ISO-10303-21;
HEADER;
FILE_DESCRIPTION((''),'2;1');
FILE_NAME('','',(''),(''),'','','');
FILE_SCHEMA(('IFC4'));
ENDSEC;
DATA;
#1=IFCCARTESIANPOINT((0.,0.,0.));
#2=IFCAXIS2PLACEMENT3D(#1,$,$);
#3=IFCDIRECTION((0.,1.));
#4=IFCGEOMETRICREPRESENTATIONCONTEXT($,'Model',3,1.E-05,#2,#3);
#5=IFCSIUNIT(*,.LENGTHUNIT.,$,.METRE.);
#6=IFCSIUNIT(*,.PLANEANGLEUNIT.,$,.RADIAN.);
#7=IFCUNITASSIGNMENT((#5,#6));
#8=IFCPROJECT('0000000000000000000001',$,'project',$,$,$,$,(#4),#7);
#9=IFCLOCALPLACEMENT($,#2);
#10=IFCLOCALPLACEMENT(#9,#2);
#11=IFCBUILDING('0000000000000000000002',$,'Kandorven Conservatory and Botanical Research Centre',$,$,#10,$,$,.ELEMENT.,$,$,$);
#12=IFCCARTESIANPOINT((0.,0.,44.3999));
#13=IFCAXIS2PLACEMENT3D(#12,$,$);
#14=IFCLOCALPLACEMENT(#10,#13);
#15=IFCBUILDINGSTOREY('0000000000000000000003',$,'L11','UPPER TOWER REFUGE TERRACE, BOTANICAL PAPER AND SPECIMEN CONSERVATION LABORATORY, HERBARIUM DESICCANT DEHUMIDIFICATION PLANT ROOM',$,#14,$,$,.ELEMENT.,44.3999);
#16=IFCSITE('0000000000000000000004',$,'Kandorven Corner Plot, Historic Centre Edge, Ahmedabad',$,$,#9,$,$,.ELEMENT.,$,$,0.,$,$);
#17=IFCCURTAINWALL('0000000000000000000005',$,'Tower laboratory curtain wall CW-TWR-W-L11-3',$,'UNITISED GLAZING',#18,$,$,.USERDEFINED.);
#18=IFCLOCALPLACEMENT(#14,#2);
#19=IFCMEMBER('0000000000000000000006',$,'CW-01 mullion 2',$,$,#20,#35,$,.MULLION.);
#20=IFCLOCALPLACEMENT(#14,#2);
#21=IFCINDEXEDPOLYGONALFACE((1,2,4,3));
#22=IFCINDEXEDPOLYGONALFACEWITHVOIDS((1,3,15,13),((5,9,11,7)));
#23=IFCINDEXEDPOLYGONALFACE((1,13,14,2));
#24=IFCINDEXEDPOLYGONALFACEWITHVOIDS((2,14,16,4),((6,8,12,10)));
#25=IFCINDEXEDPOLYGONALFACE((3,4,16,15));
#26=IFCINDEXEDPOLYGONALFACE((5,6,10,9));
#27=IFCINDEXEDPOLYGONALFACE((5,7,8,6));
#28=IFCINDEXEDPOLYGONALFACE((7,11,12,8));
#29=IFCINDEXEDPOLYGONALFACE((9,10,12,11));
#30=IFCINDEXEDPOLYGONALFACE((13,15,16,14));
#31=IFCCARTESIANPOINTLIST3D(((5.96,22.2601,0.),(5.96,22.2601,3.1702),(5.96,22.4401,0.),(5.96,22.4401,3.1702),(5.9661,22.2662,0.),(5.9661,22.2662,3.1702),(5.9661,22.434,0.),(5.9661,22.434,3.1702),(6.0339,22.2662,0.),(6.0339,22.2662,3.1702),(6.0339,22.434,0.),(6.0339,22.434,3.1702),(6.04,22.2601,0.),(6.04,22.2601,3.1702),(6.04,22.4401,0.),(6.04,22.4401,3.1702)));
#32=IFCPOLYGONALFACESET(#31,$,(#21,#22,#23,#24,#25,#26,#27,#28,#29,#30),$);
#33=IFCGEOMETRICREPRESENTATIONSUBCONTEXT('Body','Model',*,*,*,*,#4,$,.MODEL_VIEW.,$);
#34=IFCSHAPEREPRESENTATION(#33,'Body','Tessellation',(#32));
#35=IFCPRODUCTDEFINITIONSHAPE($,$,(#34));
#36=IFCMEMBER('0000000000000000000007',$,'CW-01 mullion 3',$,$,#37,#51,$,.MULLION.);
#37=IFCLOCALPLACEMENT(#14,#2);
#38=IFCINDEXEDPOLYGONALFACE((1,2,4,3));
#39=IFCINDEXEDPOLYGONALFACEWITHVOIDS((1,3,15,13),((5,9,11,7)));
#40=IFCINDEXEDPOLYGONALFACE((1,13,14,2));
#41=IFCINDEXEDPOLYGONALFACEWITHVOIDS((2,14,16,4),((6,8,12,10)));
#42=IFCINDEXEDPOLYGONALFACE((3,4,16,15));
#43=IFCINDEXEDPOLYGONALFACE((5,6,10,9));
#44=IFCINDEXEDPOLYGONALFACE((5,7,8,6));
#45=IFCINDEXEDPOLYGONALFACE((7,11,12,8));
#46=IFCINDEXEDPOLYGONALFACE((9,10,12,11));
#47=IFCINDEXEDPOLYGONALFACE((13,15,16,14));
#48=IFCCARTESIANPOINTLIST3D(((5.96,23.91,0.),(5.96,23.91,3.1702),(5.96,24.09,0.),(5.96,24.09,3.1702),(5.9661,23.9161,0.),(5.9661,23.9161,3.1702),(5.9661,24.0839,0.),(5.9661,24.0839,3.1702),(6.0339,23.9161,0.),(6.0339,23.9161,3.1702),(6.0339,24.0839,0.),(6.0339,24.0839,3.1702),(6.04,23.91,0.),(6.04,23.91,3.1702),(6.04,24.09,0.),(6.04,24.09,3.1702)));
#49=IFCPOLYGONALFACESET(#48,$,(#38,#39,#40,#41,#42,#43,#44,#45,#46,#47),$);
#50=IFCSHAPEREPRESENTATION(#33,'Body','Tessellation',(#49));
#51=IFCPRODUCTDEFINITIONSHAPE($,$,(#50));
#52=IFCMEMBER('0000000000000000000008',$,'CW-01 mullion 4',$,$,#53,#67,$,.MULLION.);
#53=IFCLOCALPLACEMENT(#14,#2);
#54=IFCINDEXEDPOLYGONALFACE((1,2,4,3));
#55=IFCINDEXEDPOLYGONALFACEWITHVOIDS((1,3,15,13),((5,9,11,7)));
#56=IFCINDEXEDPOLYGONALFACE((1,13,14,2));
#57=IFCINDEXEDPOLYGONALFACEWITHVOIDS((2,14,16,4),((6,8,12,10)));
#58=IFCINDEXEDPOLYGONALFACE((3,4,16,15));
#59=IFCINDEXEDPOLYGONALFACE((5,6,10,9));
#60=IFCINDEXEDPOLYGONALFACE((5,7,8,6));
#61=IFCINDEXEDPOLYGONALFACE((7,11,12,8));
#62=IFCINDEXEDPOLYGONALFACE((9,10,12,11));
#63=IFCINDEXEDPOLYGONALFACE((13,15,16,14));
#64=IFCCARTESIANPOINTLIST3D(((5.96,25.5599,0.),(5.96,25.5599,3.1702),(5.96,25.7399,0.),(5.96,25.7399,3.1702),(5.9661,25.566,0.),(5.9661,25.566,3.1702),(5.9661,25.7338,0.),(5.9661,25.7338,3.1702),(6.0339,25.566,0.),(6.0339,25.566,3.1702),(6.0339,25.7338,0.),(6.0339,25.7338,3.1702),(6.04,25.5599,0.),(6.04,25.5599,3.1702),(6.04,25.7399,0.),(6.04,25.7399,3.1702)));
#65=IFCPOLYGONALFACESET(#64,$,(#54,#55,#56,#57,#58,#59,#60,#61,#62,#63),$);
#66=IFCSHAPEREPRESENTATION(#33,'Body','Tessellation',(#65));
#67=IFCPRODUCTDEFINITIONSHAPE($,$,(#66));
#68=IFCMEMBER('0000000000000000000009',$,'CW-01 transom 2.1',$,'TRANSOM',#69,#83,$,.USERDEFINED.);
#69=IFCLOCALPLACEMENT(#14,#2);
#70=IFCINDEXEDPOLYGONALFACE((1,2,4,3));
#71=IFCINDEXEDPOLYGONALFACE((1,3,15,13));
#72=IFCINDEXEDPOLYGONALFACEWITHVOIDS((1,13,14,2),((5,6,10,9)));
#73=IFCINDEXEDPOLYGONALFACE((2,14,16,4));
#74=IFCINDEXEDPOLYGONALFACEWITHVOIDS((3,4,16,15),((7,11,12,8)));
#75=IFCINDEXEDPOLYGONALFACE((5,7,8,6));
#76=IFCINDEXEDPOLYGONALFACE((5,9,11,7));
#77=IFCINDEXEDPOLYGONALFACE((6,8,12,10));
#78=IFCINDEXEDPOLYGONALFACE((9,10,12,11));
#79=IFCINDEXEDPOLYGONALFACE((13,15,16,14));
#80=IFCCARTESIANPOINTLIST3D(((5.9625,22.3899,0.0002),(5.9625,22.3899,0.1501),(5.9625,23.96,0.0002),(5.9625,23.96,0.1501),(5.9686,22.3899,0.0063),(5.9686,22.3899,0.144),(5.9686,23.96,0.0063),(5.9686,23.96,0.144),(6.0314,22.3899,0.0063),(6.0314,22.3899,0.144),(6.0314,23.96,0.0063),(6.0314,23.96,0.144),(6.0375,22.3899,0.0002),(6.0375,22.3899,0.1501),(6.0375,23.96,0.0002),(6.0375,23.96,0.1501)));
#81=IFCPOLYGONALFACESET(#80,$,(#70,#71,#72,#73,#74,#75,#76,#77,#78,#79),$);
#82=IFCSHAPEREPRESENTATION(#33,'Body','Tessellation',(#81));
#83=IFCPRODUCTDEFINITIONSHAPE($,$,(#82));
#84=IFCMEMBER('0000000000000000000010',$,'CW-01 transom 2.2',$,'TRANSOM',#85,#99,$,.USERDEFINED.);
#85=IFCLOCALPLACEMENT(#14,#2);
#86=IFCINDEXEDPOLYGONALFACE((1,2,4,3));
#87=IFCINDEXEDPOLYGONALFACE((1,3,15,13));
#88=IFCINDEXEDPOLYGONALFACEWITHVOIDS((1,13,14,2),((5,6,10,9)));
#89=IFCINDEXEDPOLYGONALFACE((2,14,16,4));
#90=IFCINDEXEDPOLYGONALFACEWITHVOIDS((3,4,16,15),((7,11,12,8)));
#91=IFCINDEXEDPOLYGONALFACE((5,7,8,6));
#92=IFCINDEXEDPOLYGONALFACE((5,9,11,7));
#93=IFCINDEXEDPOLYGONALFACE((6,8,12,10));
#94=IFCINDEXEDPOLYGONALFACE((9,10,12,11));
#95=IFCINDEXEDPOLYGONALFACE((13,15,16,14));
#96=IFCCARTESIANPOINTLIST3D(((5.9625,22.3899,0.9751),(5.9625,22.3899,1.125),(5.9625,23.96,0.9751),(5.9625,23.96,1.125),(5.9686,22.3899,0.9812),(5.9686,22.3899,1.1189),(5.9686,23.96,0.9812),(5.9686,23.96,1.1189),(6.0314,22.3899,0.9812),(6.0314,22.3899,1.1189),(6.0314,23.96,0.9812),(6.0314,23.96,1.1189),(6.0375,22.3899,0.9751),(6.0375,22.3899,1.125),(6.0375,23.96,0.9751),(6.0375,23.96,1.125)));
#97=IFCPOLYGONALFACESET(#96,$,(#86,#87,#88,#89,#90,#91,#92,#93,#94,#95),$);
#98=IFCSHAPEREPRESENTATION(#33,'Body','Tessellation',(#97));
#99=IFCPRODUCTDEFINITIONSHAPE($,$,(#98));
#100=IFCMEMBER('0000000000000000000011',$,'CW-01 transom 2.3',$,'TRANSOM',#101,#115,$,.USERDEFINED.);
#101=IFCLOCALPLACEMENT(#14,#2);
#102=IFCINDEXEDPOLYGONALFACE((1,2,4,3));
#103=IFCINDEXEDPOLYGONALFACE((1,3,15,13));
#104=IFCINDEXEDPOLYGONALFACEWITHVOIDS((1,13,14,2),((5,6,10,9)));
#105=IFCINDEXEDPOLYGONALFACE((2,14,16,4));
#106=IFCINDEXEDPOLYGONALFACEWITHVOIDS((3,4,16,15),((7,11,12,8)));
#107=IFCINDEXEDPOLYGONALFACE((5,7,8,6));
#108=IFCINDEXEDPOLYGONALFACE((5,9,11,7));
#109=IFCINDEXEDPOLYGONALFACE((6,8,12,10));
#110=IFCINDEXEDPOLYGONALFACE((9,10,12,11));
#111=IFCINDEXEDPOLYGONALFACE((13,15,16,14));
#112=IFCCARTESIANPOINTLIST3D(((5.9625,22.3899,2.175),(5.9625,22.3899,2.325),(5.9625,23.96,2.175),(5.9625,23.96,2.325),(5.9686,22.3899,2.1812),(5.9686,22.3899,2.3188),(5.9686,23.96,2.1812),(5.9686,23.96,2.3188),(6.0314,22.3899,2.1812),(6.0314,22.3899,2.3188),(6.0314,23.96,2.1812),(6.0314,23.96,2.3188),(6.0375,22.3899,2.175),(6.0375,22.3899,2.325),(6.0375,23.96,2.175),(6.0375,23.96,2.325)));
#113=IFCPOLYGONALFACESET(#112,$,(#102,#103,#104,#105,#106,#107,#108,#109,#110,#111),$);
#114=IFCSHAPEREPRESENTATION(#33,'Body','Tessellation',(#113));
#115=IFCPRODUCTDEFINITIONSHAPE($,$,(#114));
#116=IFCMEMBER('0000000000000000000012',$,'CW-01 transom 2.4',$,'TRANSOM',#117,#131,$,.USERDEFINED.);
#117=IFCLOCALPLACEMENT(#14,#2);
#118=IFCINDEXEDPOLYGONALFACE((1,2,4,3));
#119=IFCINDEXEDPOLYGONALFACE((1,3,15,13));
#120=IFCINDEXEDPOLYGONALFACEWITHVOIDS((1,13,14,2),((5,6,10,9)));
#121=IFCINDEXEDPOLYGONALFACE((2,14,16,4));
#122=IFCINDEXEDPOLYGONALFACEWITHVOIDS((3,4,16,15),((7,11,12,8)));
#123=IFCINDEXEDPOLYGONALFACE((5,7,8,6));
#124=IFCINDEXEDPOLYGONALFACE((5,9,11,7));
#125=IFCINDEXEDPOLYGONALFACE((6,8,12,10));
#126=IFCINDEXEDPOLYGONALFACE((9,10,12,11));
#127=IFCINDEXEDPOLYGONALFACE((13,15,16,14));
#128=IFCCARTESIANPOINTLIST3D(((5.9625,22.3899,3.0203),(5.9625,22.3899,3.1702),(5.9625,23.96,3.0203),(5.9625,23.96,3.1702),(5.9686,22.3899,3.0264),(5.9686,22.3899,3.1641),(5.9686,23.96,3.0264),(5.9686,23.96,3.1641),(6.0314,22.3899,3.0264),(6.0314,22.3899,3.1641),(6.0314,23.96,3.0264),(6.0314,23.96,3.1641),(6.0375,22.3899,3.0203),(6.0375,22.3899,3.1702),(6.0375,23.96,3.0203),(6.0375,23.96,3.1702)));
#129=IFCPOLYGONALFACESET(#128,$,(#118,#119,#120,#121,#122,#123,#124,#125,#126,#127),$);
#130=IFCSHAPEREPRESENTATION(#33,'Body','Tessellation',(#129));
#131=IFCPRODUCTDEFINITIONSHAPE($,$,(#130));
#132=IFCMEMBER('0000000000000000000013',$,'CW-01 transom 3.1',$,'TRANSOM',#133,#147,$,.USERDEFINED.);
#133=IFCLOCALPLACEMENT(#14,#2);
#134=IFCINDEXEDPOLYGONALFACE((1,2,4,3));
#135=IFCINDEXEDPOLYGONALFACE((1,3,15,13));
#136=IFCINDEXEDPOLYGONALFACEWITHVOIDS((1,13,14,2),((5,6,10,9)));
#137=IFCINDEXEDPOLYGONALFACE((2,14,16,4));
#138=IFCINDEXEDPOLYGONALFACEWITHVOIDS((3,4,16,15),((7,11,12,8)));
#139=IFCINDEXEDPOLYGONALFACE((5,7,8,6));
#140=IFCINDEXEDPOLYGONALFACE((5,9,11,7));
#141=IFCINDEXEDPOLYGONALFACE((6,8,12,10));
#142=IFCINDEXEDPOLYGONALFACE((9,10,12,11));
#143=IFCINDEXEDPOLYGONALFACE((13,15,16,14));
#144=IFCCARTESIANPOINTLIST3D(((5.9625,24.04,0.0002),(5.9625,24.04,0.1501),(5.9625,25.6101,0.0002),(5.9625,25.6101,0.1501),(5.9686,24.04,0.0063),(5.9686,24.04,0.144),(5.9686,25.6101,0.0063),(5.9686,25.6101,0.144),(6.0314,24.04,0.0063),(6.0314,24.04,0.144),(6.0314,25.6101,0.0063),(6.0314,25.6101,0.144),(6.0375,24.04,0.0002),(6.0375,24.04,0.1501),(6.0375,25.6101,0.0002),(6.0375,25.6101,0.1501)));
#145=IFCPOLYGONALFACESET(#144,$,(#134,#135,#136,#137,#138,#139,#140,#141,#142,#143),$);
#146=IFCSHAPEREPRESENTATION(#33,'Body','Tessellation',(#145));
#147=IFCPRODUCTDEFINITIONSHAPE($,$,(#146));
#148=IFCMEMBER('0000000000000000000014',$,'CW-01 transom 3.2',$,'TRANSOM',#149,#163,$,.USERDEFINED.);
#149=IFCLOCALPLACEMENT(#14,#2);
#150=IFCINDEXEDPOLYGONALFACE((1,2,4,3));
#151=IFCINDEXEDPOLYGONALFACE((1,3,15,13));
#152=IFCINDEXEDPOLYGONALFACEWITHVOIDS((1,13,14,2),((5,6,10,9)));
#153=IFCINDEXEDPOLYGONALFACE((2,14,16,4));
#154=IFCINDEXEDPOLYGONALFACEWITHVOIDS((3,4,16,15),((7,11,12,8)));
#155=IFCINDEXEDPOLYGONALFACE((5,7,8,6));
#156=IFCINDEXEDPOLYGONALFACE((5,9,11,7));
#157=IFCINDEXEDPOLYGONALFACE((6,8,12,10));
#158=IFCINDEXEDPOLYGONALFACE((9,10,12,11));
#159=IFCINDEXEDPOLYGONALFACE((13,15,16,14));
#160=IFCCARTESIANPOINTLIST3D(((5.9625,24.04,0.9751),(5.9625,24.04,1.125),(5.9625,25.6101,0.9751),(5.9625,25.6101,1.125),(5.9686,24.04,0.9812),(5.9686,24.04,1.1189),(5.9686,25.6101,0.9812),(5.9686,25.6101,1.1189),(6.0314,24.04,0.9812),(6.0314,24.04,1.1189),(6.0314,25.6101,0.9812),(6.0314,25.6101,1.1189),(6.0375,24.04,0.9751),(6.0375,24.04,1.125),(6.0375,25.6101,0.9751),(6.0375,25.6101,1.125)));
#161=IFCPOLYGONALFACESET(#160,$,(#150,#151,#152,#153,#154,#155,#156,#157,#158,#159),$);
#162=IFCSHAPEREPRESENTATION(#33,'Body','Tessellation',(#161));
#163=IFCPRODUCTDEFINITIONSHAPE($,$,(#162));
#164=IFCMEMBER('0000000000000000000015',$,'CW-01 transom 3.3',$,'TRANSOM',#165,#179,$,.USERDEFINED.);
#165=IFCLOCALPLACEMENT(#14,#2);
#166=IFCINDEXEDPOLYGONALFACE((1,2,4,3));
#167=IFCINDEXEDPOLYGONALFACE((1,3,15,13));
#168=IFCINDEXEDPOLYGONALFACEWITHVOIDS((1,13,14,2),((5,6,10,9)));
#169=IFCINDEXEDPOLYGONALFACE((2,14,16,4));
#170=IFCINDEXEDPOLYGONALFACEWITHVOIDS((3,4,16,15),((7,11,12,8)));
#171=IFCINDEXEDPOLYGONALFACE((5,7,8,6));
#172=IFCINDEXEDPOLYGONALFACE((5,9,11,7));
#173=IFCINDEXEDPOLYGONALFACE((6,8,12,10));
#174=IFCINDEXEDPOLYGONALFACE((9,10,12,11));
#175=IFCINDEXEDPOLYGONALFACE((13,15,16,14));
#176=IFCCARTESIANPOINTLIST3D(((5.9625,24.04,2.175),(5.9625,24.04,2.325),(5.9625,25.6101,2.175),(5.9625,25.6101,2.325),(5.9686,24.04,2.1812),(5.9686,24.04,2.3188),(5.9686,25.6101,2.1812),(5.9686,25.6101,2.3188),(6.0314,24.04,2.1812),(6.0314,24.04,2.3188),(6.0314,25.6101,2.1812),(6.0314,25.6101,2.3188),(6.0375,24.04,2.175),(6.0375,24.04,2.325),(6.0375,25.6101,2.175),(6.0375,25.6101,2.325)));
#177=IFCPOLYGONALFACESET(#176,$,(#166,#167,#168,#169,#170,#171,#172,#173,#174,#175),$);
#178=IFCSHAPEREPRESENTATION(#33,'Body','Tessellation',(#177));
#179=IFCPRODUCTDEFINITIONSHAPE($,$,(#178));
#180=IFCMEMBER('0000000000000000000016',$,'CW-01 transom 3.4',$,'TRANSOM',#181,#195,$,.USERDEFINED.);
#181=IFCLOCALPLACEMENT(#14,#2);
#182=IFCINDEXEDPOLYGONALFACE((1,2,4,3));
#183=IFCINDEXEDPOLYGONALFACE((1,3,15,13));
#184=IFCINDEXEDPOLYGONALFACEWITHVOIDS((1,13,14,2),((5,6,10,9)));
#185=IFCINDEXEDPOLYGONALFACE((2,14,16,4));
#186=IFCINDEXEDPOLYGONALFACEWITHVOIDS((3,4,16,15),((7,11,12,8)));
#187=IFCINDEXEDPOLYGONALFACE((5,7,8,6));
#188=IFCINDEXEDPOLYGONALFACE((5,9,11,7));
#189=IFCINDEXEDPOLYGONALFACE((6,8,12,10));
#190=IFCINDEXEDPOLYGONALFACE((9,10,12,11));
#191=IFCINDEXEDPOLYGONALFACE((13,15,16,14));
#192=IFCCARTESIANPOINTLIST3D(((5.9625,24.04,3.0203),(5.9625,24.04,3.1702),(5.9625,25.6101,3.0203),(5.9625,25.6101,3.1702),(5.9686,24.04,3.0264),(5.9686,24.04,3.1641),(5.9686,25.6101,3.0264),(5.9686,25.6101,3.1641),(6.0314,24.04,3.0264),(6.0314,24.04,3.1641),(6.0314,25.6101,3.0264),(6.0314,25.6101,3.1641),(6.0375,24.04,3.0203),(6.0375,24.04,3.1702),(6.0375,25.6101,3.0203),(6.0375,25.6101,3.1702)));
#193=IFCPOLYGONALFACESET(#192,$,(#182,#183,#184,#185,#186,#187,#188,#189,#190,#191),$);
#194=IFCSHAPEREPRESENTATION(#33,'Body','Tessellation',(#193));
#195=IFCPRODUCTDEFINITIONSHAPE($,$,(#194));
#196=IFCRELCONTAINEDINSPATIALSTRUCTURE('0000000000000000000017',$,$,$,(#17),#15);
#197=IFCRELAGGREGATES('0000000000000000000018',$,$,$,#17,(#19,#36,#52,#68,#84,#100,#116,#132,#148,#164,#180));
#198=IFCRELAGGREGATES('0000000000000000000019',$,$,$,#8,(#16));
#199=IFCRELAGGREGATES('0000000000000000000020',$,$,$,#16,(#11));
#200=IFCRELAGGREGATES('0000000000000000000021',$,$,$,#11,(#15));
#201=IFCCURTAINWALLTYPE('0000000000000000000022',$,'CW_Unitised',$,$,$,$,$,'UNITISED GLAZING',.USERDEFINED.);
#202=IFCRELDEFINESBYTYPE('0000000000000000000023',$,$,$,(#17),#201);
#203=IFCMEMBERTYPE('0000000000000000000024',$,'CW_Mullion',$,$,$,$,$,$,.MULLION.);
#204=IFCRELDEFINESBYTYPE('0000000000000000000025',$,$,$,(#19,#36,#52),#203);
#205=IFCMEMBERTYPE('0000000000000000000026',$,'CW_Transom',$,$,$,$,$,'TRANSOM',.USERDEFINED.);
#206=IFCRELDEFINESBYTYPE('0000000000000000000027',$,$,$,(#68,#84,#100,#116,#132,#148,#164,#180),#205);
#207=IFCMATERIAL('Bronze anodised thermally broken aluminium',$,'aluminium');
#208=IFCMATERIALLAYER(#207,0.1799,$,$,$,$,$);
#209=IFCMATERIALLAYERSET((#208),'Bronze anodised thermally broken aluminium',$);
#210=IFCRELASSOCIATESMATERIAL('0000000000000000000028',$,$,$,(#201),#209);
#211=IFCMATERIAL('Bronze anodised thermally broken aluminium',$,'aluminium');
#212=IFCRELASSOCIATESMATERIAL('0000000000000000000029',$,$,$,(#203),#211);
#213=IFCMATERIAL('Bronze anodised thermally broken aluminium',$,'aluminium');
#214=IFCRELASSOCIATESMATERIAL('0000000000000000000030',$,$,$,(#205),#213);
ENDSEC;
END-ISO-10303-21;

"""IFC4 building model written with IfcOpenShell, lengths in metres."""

from ifc_helpers import new_model, si_unit, direction, frame, origin, origin_2d, place, context, subcontext, project, spatial, hollow_rectangle, extrude, material, layer, layer_set, material_profile, profile_set, type_object, element, aggregate, save


model = new_model("IFC4")

# Units and contexts
model_context = context("Model", 3, precision=1e-05, world=origin(), true_north=direction((0.0, 1.0)))
body_context = subcontext(model_context, "Body", "Model", "MODEL_VIEW")
ifc_project = project(units=[si_unit("LENGTHUNIT", "METRE"), si_unit("PLANEANGLEUNIT", "RADIAN")], contexts=[model_context])

# Site, building, storey
site_placement = place(None, origin())
site = spatial("IfcSite", under=ifc_project, at=site_placement, Name="Kandorven Corner Plot, Historic Centre Edge, Ahmedabad", CompositionType="ELEMENT", RefElevation=0.0)
building_placement = place(site_placement, origin())
building = spatial("IfcBuilding", under=site, at=building_placement, Name="Kandorven Conservatory and Botanical Research Centre", CompositionType="ELEMENT")
storey_placement = place(building_placement, frame((0.0, 0.0, 44.3999)))
storey = spatial("IfcBuildingStorey", under=building, at=storey_placement, Name="L11", Description="UPPER TOWER REFUGE TERRACE, BOTANICAL PAPER AND SPECIMEN CONSERVATION LABORATORY, HERBARIUM DESICCANT DEHUMIDIFICATION PLANT ROOM", CompositionType="ELEMENT", Elevation=44.3999)

# Curtain wall, members
ifc_material_1 = material(Name="Bronze anodised thermally broken aluminium", Category="aluminium")
ifc_layer_1 = layer(ifc_material_1, 0.1799)
ifc_layer_set_1 = layer_set([ifc_layer_1], Name="Bronze anodised thermally broken aluminium")
curtain_wall_type = type_object("IfcCurtainWallType", Name="CW_Unitised", ElementType="UNITISED GLAZING", PredefinedType="USERDEFINED", material=ifc_layer_set_1)
curtain_wall_placement = place(storey_placement, origin())
curtain_wall = element("IfcCurtainWall", 1, at=curtain_wall_placement, inside=storey, type_object=curtain_wall_type, Name="Tower laboratory curtain wall CW-TWR-W-L11-3", ObjectType="UNITISED GLAZING", PredefinedType="USERDEFINED")
ifc_material_2 = material(Name="Bronze anodised thermally broken aluminium", Category="aluminium")
ifc_material_profile_1 = material_profile(ifc_material_2, hollow_rectangle(XDim=0.0801, YDim=0.1799, WallThickness=0.0061, at=origin_2d()))
ifc_profile_set_1 = profile_set([ifc_material_profile_1], Name="Bronze anodised thermally broken aluminium")
member_type_1 = type_object("IfcMemberType", Name="CW_Mullion", PredefinedType="MULLION", material=ifc_profile_set_1)
member_1_placement = place(storey_placement, frame((6.0, 22.3501, 0.0), z_axis=(0.0, 0.0, 1.0), x_axis=(-1.0, 0.0, 0.0)))
member_1 = element("IfcMember", 2, at=member_1_placement, type_object=member_type_1, Name="CW-01 mullion 2", PredefinedType="MULLION", context=body_context, shape_type="SweptSolid", body=[
    extrude(hollow_rectangle(XDim=0.0801, YDim=0.1799, WallThickness=0.0061, at=origin_2d()), origin(), (0.0, 0.0, 1.0), 3.1702),
])
member_2_placement = place(storey_placement, frame((6.0, 24.0, 0.0), z_axis=(0.0, 0.0, 1.0), x_axis=(-1.0, 0.0, 0.0)))
member_2 = element("IfcMember", 3, at=member_2_placement, type_object=member_type_1, Name="CW-01 mullion 3", PredefinedType="MULLION", context=body_context, shape_type="SweptSolid", body=[
    extrude(hollow_rectangle(XDim=0.0801, YDim=0.1799, WallThickness=0.0061, at=origin_2d()), origin(), (0.0, 0.0, 1.0), 3.1702),
])
member_3_placement = place(storey_placement, frame((6.0, 25.6499, 0.0), z_axis=(0.0, 0.0, 1.0), x_axis=(-1.0, 0.0, 0.0)))
member_3 = element("IfcMember", 4, at=member_3_placement, type_object=member_type_1, Name="CW-01 mullion 4", PredefinedType="MULLION", context=body_context, shape_type="SweptSolid", body=[
    extrude(hollow_rectangle(XDim=0.0801, YDim=0.1799, WallThickness=0.0061, at=origin_2d()), origin(), (0.0, 0.0, 1.0), 3.1702),
])
ifc_material_3 = material(Name="Bronze anodised thermally broken aluminium", Category="aluminium")
ifc_material_profile_2 = material_profile(ifc_material_3, hollow_rectangle(XDim=0.075, YDim=0.1499, WallThickness=0.0061, at=origin_2d()))
ifc_profile_set_2 = profile_set([ifc_material_profile_2], Name="Bronze anodised thermally broken aluminium")
member_type_2 = type_object("IfcMemberType", Name="CW_Transom", ElementType="TRANSOM", PredefinedType="USERDEFINED", material=ifc_profile_set_2)
member_4_placement = place(storey_placement, frame((6.0, 22.3899, 0.0752), z_axis=(0.0, 1.0, 0.0), x_axis=(-1.0, 0.0, 0.0)))
member_4 = element("IfcMember", 5, at=member_4_placement, type_object=member_type_2, Name="CW-01 transom 2.1", ObjectType="TRANSOM", PredefinedType="USERDEFINED", context=body_context, shape_type="SweptSolid", body=[
    extrude(hollow_rectangle(XDim=0.075, YDim=0.1499, WallThickness=0.0061, at=origin_2d()), origin(), (0.0, 0.0, 1.0), 1.5701),
])
member_5_placement = place(storey_placement, frame((6.0, 22.3899, 1.05), z_axis=(0.0, 1.0, 0.0), x_axis=(-1.0, 0.0, 0.0)))
member_5 = element("IfcMember", 6, at=member_5_placement, type_object=member_type_2, Name="CW-01 transom 2.2", ObjectType="TRANSOM", PredefinedType="USERDEFINED", context=body_context, shape_type="SweptSolid", body=[
    extrude(hollow_rectangle(XDim=0.075, YDim=0.1499, WallThickness=0.0061, at=origin_2d()), origin(), (0.0, 0.0, 1.0), 1.5701),
])
member_6_placement = place(storey_placement, frame((6.0, 22.3899, 2.25), z_axis=(0.0, 1.0, 0.0), x_axis=(-1.0, 0.0, 0.0)))
member_6 = element("IfcMember", 7, at=member_6_placement, type_object=member_type_2, Name="CW-01 transom 2.3", ObjectType="TRANSOM", PredefinedType="USERDEFINED", context=body_context, shape_type="SweptSolid", body=[
    extrude(hollow_rectangle(XDim=0.075, YDim=0.1499, WallThickness=0.0061, at=origin_2d()), origin(), (0.0, 0.0, 1.0), 1.5701),
])
member_7_placement = place(storey_placement, frame((6.0, 22.3899, 3.0952), z_axis=(0.0, 1.0, 0.0), x_axis=(-1.0, 0.0, 0.0)))
member_7 = element("IfcMember", 8, at=member_7_placement, type_object=member_type_2, Name="CW-01 transom 2.4", ObjectType="TRANSOM", PredefinedType="USERDEFINED", context=body_context, shape_type="SweptSolid", body=[
    extrude(hollow_rectangle(XDim=0.075, YDim=0.1499, WallThickness=0.0061, at=origin_2d()), origin(), (0.0, 0.0, 1.0), 1.5701),
])
member_8_placement = place(storey_placement, frame((6.0, 24.04, 0.0752), z_axis=(0.0, 1.0, 0.0), x_axis=(-1.0, 0.0, 0.0)))
member_8 = element("IfcMember", 9, at=member_8_placement, type_object=member_type_2, Name="CW-01 transom 3.1", ObjectType="TRANSOM", PredefinedType="USERDEFINED", context=body_context, shape_type="SweptSolid", body=[
    extrude(hollow_rectangle(XDim=0.075, YDim=0.1499, WallThickness=0.0061, at=origin_2d()), origin(), (0.0, 0.0, 1.0), 1.5701),
])
member_9_placement = place(storey_placement, frame((6.0, 24.04, 1.05), z_axis=(0.0, 1.0, 0.0), x_axis=(-1.0, 0.0, 0.0)))
member_9 = element("IfcMember", 10, at=member_9_placement, type_object=member_type_2, Name="CW-01 transom 3.2", ObjectType="TRANSOM", PredefinedType="USERDEFINED", context=body_context, shape_type="SweptSolid", body=[
    extrude(hollow_rectangle(XDim=0.075, YDim=0.1499, WallThickness=0.0061, at=origin_2d()), origin(), (0.0, 0.0, 1.0), 1.5701),
])
member_10_placement = place(storey_placement, frame((6.0, 24.04, 2.25), z_axis=(0.0, 1.0, 0.0), x_axis=(-1.0, 0.0, 0.0)))
member_10 = element("IfcMember", 11, at=member_10_placement, type_object=member_type_2, Name="CW-01 transom 3.3", ObjectType="TRANSOM", PredefinedType="USERDEFINED", context=body_context, shape_type="SweptSolid", body=[
    extrude(hollow_rectangle(XDim=0.075, YDim=0.1499, WallThickness=0.0061, at=origin_2d()), origin(), (0.0, 0.0, 1.0), 1.5701),
])
member_11_placement = place(storey_placement, frame((6.0, 24.04, 3.0952), z_axis=(0.0, 1.0, 0.0), x_axis=(-1.0, 0.0, 0.0)))
member_11 = element("IfcMember", 12, at=member_11_placement, type_object=member_type_2, Name="CW-01 transom 3.4", ObjectType="TRANSOM", PredefinedType="USERDEFINED", context=body_context, shape_type="SweptSolid", body=[
    extrude(hollow_rectangle(XDim=0.075, YDim=0.1499, WallThickness=0.0061, at=origin_2d()), origin(), (0.0, 0.0, 1.0), 1.5701),
])
aggregate(curtain_wall, [member_1, member_2, member_3, member_4, member_5, member_6, member_7, member_8, member_9, member_10, member_11])

save(model, "model.ifc")
